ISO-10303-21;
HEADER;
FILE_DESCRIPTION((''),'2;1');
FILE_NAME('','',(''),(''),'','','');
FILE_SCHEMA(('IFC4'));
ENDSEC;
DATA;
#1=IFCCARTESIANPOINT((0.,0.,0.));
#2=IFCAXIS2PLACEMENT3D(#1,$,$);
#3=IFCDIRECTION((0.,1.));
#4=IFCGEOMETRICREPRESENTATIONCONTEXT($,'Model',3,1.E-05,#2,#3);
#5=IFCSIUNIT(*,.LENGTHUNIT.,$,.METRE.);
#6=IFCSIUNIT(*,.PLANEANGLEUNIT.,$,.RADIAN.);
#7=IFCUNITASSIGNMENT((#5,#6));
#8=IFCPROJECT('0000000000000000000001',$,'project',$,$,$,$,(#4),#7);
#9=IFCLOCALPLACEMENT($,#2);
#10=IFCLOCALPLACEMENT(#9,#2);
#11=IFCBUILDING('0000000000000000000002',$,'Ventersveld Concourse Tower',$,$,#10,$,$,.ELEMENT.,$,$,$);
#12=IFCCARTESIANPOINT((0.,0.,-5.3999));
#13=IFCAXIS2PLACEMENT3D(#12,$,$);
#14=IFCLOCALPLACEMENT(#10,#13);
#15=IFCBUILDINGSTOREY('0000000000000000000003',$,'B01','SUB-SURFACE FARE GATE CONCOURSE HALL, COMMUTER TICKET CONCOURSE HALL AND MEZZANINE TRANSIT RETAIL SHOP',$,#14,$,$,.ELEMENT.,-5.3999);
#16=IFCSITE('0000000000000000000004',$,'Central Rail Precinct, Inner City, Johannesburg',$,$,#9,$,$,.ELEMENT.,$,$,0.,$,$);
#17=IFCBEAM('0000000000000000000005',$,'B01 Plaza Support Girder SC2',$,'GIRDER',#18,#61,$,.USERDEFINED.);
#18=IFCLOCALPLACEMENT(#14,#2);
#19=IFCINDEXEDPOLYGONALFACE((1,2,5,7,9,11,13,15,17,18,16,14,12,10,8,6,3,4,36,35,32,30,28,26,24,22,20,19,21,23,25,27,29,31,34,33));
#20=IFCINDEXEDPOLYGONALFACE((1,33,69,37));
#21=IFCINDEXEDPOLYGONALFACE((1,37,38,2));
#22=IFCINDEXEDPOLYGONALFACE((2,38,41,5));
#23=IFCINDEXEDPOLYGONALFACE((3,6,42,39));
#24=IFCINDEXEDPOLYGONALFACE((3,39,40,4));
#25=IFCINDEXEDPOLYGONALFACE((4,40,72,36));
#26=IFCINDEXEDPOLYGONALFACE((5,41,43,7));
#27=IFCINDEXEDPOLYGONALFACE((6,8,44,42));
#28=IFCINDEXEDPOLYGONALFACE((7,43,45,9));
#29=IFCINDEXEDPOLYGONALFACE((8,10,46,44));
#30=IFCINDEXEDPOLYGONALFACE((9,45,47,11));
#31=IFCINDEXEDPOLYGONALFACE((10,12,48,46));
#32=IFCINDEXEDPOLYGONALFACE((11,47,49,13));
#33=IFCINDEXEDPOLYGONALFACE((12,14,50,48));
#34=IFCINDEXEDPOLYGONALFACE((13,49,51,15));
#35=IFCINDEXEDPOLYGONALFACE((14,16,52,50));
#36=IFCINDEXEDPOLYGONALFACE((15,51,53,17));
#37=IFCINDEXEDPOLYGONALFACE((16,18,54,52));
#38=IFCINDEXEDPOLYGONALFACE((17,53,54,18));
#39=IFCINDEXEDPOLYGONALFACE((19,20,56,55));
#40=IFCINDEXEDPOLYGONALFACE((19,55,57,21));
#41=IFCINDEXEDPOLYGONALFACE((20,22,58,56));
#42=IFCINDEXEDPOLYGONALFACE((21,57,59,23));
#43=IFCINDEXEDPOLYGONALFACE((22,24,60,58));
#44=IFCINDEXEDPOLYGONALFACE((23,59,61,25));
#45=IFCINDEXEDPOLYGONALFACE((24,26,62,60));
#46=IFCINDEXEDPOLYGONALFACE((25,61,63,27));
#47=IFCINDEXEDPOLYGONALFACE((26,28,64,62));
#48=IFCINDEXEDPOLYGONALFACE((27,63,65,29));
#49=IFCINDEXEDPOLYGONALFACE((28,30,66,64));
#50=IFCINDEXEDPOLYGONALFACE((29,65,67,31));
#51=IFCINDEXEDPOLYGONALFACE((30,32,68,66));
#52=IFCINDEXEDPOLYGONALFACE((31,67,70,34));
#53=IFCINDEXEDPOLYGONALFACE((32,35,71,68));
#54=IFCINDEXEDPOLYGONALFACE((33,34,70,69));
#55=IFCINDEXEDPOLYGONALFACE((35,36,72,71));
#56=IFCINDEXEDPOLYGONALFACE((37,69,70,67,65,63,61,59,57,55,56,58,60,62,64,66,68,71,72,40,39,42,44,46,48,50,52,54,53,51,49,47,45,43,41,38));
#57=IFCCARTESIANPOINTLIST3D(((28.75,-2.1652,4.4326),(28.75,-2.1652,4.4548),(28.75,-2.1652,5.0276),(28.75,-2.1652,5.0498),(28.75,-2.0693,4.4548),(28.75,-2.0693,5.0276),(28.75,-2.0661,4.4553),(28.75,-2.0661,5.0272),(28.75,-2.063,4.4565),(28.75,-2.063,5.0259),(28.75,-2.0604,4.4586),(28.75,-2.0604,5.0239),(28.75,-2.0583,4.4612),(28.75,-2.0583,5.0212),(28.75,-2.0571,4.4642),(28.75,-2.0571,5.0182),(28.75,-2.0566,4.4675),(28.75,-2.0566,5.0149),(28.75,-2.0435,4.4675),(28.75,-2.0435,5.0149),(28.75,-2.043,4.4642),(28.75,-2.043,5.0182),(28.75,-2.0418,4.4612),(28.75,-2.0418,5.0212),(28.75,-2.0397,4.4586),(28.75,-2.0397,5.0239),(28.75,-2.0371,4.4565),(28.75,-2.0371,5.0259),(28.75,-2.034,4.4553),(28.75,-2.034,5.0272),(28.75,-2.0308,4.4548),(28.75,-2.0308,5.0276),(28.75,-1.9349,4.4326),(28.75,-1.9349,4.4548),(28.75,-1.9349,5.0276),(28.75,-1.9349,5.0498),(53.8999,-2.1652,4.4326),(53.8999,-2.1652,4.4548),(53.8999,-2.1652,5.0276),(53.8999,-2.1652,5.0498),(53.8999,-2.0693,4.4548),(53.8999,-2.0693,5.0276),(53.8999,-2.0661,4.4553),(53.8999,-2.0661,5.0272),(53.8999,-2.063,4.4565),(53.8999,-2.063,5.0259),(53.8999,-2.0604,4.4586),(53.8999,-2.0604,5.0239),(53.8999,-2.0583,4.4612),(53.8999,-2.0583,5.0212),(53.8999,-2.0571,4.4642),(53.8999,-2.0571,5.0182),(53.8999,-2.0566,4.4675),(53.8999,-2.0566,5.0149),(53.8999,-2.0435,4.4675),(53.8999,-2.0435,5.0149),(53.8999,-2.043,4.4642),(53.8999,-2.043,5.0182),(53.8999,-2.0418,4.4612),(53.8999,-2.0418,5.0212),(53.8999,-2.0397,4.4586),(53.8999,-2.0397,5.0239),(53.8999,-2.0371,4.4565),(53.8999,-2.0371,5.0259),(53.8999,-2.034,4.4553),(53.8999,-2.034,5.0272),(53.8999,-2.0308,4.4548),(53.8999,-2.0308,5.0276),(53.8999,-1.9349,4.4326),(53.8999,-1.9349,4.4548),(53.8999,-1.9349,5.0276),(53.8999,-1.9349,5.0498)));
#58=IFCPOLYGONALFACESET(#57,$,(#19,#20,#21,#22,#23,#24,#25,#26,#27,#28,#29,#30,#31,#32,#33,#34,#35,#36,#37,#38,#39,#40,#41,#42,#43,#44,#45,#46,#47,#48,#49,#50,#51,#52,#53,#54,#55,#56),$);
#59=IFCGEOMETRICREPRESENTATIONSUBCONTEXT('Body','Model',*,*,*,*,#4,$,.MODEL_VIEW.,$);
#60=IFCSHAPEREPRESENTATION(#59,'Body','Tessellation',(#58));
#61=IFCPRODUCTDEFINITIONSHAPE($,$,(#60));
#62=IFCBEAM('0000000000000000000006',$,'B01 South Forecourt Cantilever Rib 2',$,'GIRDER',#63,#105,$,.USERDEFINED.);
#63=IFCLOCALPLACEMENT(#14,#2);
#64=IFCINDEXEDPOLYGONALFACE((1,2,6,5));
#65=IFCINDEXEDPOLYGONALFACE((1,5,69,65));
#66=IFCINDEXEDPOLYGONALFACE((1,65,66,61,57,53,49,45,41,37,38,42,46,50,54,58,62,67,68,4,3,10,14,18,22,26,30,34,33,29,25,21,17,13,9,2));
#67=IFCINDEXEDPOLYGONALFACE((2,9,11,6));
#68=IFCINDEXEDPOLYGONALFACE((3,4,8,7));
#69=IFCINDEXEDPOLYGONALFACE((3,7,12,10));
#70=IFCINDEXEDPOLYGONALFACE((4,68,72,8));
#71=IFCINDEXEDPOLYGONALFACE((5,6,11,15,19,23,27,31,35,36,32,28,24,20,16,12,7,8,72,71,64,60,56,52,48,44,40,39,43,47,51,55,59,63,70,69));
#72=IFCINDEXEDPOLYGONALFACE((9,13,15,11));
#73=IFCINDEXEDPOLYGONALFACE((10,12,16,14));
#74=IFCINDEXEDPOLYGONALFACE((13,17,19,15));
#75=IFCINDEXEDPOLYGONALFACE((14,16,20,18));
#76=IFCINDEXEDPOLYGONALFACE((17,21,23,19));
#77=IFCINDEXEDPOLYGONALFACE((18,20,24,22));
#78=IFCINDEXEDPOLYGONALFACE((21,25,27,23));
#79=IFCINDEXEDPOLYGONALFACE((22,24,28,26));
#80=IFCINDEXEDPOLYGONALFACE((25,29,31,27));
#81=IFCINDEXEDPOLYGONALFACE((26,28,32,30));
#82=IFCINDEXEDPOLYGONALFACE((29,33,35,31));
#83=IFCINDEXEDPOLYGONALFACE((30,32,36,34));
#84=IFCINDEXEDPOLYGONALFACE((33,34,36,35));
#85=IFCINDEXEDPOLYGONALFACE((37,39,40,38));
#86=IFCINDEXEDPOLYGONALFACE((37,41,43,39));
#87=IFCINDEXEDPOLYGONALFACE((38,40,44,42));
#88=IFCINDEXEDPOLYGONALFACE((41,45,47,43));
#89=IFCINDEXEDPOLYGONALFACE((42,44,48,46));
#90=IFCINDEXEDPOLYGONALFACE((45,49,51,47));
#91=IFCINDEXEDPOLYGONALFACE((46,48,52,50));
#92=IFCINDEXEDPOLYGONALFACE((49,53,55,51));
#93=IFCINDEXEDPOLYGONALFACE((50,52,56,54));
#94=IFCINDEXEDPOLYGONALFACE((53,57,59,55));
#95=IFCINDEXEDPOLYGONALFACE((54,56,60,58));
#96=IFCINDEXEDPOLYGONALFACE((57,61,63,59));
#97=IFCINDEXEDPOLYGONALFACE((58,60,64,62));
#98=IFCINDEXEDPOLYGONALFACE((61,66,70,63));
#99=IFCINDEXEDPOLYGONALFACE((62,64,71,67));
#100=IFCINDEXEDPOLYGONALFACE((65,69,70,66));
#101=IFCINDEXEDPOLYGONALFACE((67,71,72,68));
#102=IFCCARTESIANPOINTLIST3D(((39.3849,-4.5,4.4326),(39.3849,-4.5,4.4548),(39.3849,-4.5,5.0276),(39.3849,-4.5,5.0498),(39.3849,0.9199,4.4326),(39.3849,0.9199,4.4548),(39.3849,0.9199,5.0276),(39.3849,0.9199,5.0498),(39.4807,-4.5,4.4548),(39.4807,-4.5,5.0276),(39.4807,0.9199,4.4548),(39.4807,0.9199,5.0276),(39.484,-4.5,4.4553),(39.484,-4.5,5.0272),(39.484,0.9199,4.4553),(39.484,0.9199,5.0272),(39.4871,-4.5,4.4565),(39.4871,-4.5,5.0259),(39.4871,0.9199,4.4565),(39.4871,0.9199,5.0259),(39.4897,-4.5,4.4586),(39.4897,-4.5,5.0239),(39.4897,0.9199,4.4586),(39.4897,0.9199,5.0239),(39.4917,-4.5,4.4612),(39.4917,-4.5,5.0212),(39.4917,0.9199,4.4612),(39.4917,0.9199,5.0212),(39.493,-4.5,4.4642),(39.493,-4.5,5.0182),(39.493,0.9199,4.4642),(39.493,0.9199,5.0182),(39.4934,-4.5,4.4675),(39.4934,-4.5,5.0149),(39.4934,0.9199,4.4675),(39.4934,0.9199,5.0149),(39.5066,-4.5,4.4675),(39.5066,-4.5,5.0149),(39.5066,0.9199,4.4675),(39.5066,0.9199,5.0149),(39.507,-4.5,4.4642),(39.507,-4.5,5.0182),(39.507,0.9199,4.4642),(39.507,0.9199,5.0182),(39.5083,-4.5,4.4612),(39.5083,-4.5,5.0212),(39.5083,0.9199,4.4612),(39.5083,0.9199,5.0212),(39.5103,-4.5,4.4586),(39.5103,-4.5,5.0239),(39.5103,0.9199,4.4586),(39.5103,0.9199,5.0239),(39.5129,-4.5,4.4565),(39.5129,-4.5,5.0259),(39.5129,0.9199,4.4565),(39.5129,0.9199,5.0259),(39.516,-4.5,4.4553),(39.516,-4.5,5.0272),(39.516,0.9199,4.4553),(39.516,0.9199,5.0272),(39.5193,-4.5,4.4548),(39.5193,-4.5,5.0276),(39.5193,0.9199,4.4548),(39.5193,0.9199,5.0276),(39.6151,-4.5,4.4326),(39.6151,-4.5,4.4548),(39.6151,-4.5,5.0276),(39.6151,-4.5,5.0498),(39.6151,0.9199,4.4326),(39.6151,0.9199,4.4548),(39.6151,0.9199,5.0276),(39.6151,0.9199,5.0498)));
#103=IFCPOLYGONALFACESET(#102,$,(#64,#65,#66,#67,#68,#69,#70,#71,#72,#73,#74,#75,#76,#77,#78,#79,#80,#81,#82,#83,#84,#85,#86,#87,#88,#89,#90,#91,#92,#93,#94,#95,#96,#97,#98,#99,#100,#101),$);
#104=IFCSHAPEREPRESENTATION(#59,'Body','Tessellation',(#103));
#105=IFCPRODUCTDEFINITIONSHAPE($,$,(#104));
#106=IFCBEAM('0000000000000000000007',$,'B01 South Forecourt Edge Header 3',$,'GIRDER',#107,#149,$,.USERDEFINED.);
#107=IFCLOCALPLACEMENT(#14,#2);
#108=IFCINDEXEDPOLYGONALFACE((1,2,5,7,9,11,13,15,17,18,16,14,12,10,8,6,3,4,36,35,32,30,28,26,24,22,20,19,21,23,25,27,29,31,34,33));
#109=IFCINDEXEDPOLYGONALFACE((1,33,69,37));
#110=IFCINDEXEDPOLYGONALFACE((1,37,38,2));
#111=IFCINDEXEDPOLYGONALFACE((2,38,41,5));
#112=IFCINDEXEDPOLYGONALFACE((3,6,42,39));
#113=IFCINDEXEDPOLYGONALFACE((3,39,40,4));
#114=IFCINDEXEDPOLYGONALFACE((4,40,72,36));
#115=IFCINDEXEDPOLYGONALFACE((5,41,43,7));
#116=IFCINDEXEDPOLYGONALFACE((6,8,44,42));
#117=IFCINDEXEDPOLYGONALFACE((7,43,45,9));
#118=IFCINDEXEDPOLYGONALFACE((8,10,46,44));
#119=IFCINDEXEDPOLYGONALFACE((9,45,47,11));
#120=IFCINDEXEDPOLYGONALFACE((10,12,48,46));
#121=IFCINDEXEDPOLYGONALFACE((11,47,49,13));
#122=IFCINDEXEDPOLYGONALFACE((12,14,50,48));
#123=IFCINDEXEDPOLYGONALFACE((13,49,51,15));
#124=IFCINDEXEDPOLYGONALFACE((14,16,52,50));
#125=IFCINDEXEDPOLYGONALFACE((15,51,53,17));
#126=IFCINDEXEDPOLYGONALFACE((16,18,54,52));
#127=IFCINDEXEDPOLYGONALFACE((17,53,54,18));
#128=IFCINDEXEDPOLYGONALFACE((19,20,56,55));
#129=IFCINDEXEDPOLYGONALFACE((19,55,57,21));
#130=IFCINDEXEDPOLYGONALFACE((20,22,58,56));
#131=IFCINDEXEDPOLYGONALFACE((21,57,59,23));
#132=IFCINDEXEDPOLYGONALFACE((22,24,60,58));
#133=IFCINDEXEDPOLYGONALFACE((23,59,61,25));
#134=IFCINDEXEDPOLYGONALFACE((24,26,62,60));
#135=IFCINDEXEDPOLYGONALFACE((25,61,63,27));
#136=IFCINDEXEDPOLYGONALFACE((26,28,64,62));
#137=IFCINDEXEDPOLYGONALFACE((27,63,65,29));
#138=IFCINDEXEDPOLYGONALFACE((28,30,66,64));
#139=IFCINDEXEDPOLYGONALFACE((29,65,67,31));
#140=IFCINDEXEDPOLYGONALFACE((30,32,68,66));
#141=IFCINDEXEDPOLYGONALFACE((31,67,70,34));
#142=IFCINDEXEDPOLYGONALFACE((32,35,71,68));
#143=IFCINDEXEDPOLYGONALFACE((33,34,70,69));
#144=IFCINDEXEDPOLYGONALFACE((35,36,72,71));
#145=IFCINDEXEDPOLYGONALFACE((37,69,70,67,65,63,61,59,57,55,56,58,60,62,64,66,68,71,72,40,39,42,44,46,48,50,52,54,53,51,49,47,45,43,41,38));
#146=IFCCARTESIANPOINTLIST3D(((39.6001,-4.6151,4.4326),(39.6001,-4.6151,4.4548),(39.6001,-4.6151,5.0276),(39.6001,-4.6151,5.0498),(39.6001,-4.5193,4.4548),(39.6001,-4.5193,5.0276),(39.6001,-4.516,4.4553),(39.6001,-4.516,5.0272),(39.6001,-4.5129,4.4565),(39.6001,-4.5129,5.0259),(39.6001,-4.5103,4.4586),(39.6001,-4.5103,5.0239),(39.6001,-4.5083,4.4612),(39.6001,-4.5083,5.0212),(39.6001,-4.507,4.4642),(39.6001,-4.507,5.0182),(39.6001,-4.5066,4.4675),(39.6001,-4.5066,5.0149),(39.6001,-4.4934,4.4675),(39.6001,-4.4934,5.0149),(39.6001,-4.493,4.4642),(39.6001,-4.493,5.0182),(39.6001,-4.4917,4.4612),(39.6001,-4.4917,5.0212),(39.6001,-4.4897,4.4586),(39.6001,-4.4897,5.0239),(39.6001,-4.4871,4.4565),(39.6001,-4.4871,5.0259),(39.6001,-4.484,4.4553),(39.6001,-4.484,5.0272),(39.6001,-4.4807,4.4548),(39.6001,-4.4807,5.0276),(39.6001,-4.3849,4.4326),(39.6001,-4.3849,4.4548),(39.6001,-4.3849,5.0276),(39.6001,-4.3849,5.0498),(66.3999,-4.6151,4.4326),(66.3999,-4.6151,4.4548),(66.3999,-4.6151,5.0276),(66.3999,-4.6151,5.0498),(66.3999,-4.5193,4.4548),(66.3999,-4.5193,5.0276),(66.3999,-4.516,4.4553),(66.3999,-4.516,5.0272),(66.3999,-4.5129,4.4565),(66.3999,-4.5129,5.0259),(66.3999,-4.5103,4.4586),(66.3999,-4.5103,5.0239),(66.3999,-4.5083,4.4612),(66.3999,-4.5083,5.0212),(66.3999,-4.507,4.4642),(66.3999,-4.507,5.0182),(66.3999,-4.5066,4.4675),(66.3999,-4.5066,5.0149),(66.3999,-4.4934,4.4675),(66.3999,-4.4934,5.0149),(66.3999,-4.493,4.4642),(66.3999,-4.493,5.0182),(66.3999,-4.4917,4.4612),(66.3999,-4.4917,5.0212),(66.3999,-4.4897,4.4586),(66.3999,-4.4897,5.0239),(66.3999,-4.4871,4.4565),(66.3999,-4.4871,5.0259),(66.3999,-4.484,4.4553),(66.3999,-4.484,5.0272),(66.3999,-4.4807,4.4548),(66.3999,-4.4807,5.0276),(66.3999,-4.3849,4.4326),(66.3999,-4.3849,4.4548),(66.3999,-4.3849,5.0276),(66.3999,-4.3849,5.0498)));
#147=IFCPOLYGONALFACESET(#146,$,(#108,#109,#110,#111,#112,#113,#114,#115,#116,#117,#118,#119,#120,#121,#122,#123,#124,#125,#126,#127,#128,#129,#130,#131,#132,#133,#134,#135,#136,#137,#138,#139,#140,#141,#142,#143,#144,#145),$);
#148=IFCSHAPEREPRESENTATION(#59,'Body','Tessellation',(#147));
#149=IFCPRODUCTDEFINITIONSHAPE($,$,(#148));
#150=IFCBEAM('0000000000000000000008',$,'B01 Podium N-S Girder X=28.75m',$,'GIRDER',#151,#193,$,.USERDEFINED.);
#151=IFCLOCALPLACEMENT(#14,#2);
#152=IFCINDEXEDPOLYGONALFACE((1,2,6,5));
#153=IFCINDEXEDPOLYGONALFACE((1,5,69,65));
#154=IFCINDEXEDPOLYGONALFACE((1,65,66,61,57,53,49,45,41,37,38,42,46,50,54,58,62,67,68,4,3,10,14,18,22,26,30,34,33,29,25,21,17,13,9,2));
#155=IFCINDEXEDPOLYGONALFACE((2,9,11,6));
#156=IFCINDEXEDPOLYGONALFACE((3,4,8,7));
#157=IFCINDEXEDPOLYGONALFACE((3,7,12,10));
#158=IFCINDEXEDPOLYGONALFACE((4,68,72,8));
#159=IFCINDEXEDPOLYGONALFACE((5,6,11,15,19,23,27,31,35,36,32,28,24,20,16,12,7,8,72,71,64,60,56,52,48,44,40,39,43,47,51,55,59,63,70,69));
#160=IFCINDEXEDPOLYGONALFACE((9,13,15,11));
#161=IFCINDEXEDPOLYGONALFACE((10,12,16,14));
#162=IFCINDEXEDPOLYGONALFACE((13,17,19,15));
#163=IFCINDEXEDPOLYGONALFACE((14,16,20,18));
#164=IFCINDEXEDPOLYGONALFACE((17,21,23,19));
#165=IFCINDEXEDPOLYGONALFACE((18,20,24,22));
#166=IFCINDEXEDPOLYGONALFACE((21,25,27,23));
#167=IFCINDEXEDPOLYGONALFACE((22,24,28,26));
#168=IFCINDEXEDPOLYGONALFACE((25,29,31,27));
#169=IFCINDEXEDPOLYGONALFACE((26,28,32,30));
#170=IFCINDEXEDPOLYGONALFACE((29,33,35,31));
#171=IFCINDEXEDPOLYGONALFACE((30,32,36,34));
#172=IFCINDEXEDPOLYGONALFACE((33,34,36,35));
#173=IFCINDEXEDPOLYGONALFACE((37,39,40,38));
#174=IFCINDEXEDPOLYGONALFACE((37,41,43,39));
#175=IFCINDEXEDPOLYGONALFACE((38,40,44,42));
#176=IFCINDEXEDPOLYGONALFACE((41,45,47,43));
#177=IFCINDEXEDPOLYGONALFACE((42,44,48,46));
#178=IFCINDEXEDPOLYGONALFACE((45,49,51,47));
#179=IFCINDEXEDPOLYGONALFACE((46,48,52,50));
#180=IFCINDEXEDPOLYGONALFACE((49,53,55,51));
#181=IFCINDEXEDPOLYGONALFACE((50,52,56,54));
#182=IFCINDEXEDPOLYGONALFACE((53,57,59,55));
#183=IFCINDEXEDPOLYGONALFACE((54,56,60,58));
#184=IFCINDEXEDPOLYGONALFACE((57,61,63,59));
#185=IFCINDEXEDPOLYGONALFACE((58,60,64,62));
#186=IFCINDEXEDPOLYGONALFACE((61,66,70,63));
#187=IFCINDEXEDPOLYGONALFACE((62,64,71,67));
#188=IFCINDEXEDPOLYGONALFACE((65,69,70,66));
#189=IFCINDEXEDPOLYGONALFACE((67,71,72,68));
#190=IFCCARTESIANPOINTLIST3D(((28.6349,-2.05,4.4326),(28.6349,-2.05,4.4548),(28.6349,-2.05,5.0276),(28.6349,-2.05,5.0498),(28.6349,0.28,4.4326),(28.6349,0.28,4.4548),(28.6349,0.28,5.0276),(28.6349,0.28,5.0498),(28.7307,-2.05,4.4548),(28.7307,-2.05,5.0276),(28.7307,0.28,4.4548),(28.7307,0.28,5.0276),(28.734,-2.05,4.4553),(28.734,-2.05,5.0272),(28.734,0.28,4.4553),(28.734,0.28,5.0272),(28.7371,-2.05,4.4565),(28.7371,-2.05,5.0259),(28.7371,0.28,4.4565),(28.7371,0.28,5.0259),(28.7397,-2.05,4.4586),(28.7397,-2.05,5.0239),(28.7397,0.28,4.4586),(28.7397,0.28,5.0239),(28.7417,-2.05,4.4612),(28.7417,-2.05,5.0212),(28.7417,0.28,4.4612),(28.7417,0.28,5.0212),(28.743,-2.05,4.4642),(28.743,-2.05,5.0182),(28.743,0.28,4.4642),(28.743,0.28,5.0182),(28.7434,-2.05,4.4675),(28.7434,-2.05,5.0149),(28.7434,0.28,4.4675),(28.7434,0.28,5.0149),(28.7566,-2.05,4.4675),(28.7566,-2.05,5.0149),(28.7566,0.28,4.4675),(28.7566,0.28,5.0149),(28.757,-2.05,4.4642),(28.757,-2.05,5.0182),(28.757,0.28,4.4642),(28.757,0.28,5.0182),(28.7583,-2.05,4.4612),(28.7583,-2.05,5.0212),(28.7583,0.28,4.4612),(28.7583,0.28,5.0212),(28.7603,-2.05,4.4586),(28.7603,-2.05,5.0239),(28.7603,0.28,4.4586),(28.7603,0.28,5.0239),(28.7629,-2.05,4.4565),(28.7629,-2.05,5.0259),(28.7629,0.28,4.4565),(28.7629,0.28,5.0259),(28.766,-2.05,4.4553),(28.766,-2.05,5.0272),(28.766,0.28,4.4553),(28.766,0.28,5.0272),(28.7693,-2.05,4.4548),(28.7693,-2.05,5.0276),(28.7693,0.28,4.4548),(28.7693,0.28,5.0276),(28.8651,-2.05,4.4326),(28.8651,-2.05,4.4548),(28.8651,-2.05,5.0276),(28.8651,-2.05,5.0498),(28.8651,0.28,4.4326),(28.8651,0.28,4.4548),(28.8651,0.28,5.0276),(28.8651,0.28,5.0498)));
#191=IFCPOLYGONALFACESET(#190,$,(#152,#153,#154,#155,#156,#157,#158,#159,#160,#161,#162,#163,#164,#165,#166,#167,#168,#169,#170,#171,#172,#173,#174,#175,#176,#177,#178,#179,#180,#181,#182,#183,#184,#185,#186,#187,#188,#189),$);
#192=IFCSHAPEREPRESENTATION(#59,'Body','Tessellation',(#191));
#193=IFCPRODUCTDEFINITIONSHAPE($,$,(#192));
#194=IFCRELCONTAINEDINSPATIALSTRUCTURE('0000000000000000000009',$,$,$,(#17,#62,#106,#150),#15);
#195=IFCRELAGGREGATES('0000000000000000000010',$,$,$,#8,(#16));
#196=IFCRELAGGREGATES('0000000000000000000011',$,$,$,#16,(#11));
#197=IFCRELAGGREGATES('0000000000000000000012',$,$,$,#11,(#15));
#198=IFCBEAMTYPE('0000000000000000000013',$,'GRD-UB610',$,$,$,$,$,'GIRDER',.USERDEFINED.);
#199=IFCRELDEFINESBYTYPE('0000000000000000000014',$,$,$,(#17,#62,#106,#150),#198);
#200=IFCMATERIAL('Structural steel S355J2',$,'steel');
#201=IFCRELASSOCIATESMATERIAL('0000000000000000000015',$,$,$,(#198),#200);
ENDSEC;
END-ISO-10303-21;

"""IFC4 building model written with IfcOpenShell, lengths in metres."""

from ifc_helpers import new_model, si_unit, direction, frame, origin, origin_2d, place, context, subcontext, project, spatial, i_section, extrude, material, material_profile, profile_set, type_object, element, save


model = new_model("IFC4")

# Units and contexts
model_context = context("Model", 3, precision=1e-05, world=origin(), true_north=direction((0.0, 1.0)))
body_context = subcontext(model_context, "Body", "Model", "MODEL_VIEW")
ifc_project = project(units=[si_unit("LENGTHUNIT", "METRE"), si_unit("PLANEANGLEUNIT", "RADIAN")], contexts=[model_context])

# Site, building, storey
site_placement = place(None, origin())
site = spatial("IfcSite", under=ifc_project, at=site_placement, Name="Central Rail Precinct, Inner City, Johannesburg", CompositionType="ELEMENT", RefElevation=0.0)
building_placement = place(site_placement, origin())
building = spatial("IfcBuilding", under=site, at=building_placement, Name="Ventersveld Concourse Tower", CompositionType="ELEMENT")
storey_placement = place(building_placement, frame((0.0, 0.0, -5.3999)))
storey = spatial("IfcBuildingStorey", under=building, at=storey_placement, Name="B01", Description="SUB-SURFACE FARE GATE CONCOURSE HALL, COMMUTER TICKET CONCOURSE HALL AND MEZZANINE TRANSIT RETAIL SHOP", CompositionType="ELEMENT", Elevation=-5.3999)

# Beams
ifc_material_1 = material(Name="Structural steel S355J2", Category="steel")
ifc_material_profile_1 = material_profile(ifc_material_1, i_section(OverallWidth=0.2302, OverallDepth=0.6172, WebThickness=0.0132, FlangeThickness=0.0222, FilletRadius=0.0127, at=origin_2d()), Name="UB 610x229x140")
ifc_profile_set_1 = profile_set([ifc_material_profile_1], Name="Structural steel S355J2")
beam_type_1 = type_object("IfcBeamType", Name="GRD-UB610", ElementType="GIRDER", PredefinedType="USERDEFINED", material=ifc_profile_set_1)
beam_1_placement = place(storey_placement, frame((28.75, -2.05, 4.7412), z_axis=(1.0, 0.0, 0.0), x_axis=(0.0, 1.0, 0.0)))
element("IfcBeam", 1, at=beam_1_placement, inside=storey, type_object=beam_type_1, Name="B01 Plaza Support Girder SC2", ObjectType="GIRDER", PredefinedType="USERDEFINED", context=body_context, shape_type="SweptSolid", body=[
    extrude(i_section(OverallWidth=0.2302, OverallDepth=0.6172, WebThickness=0.0132, FlangeThickness=0.0222, FilletRadius=0.0127, at=origin_2d()), origin(), (0.0, 0.0, 1.0), 25.1499),
])
beam_2_placement = place(storey_placement, frame((39.5, -4.5, 4.7412), z_axis=(0.0, 1.0, 0.0), x_axis=(-1.0, 0.0, 0.0)))
element("IfcBeam", 2, at=beam_2_placement, inside=storey, type_object=beam_type_1, Name="B01 South Forecourt Cantilever Rib 2", ObjectType="GIRDER", PredefinedType="USERDEFINED", context=body_context, shape_type="SweptSolid", body=[
    extrude(i_section(OverallWidth=0.2302, OverallDepth=0.6172, WebThickness=0.0132, FlangeThickness=0.0222, FilletRadius=0.0127, at=origin_2d()), origin(), (0.0, 0.0, 1.0), 5.4199),
])
beam_3_placement = place(storey_placement, frame((39.6001, -4.5, 4.7412), z_axis=(1.0, 0.0, 0.0), x_axis=(0.0, 1.0, 0.0)))
element("IfcBeam", 3, at=beam_3_placement, inside=storey, type_object=beam_type_1, Name="B01 South Forecourt Edge Header 3", ObjectType="GIRDER", PredefinedType="USERDEFINED", context=body_context, shape_type="SweptSolid", body=[
    extrude(i_section(OverallWidth=0.2302, OverallDepth=0.6172, WebThickness=0.0132, FlangeThickness=0.0222, FilletRadius=0.0127, at=origin_2d()), origin(), (0.0, 0.0, 1.0), 26.7998),
])
beam_4_placement = place(storey_placement, frame((28.75, -2.05, 4.7412), z_axis=(0.0, 1.0, 0.0), x_axis=(-1.0, 0.0, 0.0)))
element("IfcBeam", 4, at=beam_4_placement, inside=storey, type_object=beam_type_1, Name="B01 Podium N-S Girder X=28.75m", ObjectType="GIRDER", PredefinedType="USERDEFINED", context=body_context, shape_type="SweptSolid", body=[
    extrude(i_section(OverallWidth=0.2302, OverallDepth=0.6172, WebThickness=0.0132, FlangeThickness=0.0222, FilletRadius=0.0127, at=origin_2d()), origin(), (0.0, 0.0, 1.0), 2.3301),
])

save(model, "model.ifc")
